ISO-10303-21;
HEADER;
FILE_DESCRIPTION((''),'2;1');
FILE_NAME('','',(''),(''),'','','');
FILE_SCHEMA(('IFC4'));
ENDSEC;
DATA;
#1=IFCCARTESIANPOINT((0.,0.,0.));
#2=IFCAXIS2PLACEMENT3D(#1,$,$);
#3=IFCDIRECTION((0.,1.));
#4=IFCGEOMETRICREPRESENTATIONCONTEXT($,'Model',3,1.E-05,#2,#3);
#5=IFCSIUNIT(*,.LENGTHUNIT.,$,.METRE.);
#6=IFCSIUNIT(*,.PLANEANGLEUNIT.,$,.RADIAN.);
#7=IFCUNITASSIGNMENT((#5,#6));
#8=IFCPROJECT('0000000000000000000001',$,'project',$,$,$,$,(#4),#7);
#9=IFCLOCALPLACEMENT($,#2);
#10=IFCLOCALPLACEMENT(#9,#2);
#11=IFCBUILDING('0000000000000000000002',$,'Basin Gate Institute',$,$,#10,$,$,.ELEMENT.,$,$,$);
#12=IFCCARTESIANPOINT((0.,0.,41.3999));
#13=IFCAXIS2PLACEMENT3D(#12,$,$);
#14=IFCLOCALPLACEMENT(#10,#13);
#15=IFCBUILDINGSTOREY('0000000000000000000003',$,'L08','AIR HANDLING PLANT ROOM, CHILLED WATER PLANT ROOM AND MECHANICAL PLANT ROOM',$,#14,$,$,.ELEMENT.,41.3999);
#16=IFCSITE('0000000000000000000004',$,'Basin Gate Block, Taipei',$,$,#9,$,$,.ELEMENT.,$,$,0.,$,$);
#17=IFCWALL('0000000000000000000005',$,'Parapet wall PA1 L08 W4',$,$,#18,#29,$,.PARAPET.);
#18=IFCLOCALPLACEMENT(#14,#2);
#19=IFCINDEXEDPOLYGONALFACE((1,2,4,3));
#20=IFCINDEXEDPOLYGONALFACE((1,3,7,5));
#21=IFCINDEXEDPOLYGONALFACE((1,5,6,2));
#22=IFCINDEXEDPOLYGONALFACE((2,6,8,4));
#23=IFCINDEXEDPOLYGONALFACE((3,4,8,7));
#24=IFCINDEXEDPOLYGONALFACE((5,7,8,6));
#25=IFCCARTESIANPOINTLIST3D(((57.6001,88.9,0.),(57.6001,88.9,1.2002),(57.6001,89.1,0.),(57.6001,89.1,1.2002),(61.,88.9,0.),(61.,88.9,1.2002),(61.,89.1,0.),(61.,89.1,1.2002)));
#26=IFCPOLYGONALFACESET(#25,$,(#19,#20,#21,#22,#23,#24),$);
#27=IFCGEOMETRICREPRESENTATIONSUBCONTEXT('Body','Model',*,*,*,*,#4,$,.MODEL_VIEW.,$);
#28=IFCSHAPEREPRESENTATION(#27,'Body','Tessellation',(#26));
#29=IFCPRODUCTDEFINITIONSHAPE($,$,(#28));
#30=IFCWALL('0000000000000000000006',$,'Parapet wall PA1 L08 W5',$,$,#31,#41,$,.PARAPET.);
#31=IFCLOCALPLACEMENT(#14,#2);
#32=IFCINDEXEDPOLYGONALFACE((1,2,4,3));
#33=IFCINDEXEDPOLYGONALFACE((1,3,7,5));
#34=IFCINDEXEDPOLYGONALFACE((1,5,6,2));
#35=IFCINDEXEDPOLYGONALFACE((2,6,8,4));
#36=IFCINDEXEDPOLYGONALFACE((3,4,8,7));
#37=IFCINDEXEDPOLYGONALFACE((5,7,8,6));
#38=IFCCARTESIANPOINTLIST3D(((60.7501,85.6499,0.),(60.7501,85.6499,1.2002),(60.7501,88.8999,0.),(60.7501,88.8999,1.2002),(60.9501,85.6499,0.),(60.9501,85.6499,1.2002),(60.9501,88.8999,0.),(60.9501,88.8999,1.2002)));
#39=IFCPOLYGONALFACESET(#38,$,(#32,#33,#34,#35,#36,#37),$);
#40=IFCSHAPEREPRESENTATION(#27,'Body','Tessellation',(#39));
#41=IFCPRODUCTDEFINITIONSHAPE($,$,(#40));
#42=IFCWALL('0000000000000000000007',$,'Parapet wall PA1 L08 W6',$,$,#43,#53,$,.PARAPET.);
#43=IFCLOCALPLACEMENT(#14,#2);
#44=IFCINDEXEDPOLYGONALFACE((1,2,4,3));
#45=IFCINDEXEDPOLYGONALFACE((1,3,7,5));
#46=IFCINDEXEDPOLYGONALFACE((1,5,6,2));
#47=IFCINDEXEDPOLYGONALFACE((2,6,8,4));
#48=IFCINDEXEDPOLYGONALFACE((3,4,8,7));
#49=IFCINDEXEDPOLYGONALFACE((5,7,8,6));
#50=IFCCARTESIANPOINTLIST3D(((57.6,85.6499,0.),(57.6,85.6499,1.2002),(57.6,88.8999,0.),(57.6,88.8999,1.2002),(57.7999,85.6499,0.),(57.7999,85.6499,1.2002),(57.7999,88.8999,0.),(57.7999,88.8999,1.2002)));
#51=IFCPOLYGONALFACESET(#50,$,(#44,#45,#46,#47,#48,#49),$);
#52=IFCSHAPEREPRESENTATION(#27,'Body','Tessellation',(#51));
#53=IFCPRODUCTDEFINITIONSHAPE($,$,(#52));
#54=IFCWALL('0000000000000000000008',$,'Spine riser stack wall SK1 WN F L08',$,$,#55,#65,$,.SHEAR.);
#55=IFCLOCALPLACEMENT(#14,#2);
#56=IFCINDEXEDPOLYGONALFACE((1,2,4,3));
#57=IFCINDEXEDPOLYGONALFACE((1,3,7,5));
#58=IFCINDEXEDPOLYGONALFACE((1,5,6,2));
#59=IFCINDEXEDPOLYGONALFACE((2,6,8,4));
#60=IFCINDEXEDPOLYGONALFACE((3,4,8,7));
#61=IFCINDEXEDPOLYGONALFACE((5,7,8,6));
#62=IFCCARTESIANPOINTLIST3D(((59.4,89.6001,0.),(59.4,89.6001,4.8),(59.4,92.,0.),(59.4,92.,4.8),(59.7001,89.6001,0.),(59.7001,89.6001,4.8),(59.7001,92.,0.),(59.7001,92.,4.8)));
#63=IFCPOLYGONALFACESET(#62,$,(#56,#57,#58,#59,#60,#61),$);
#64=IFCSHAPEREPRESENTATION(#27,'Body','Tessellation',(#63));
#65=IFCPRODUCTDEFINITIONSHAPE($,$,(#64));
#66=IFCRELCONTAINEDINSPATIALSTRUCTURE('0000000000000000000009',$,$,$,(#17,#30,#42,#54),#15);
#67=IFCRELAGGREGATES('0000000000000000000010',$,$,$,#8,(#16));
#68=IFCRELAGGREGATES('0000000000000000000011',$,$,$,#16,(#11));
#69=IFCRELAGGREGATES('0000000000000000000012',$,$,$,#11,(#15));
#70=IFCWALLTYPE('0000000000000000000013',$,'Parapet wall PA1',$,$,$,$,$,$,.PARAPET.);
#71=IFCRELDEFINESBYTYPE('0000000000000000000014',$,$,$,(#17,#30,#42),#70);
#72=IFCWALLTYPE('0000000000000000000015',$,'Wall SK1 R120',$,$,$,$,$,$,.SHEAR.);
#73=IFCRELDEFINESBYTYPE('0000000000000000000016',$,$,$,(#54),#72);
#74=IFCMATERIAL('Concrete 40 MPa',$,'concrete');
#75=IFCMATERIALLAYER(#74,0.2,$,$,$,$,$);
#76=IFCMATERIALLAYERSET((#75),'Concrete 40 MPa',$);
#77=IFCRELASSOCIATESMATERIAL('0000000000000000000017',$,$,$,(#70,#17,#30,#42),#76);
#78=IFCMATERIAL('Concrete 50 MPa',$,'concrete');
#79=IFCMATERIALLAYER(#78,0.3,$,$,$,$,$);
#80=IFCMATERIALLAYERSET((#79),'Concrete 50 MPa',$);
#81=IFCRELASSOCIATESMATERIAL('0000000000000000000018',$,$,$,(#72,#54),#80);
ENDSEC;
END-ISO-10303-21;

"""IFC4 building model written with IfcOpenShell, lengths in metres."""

from ifc_helpers import new_model, si_unit, direction, frame, frame_2d, origin, place, context, subcontext, project, spatial, rectangle, extrude, material, layer, layer_set, type_object, element, save


model = new_model("IFC4")

# Units and contexts
model_context = context("Model", 3, precision=1e-05, world=origin(), true_north=direction((0.0, 1.0)))
body_context = subcontext(model_context, "Body", "Model", "MODEL_VIEW")
ifc_project = project(units=[si_unit("LENGTHUNIT", "METRE"), si_unit("PLANEANGLEUNIT", "RADIAN")], contexts=[model_context])

# Site, building, storey
site_placement = place(None, origin())
site = spatial("IfcSite", under=ifc_project, at=site_placement, Name="Basin Gate Block, Taipei", CompositionType="ELEMENT", RefElevation=0.0)
building_placement = place(site_placement, origin())
building = spatial("IfcBuilding", under=site, at=building_placement, Name="Basin Gate Institute", CompositionType="ELEMENT")
storey_placement = place(building_placement, frame((0.0, 0.0, 41.3999)))
storey = spatial("IfcBuildingStorey", under=building, at=storey_placement, Name="L08", Description="AIR HANDLING PLANT ROOM, CHILLED WATER PLANT ROOM AND MECHANICAL PLANT ROOM", CompositionType="ELEMENT", Elevation=41.3999)

# Walls
ifc_material_1 = material(Name="Concrete 40 MPa", Category="concrete")
ifc_layer_1 = layer(ifc_material_1, 0.2)
ifc_layer_set_1 = layer_set([ifc_layer_1], Name="Concrete 40 MPa")
wall_type_1 = type_object("IfcWallType", Name="Parapet wall PA1", PredefinedType="PARAPET", material=ifc_layer_set_1)
wall_1_placement = place(storey_placement, frame((57.6001, 89.0, 0.0), z_axis=(0.0, 0.0, 1.0), x_axis=(1.0, 0.0, 0.0)))
element("IfcWall", 1, at=wall_1_placement, inside=storey, type_object=wall_type_1, material=ifc_layer_set_1, Name="Parapet wall PA1 L08 W4", PredefinedType="PARAPET", context=body_context, shape_type="SweptSolid", body=[
    extrude(rectangle(XDim=3.3999, YDim=0.2, at=frame_2d((1.7, 0.0))), origin(), (0.0, 0.0, 1.0), 1.2002),
])
for number, where, z_axis, x_axis, name in (
    (2, (60.8501, 88.8999, 0.0), (0.0, 0.0, 1.0), (0.0, -1.0, 0.0), "Parapet wall PA1 L08 W5"),
    (3, (57.7, 85.6499, 0.0), (0.0, 0.0, 1.0), (0.0, 1.0, 0.0), "Parapet wall PA1 L08 W6"),
):
    element("IfcWall", number, at=place(storey_placement, frame(where, z_axis=z_axis, x_axis=x_axis)), inside=storey, type_object=wall_type_1, material=ifc_layer_set_1, Name=name, PredefinedType="PARAPET", context=body_context, shape_type="SweptSolid", body=[
        extrude(rectangle(XDim=3.25, YDim=0.2, at=frame_2d((1.625, 0.0))), origin(), (0.0, 0.0, 1.0), 1.2002),
    ])
ifc_material_2 = material(Name="Concrete 50 MPa", Category="concrete")
ifc_layer_2 = layer(ifc_material_2, 0.3)
ifc_layer_set_2 = layer_set([ifc_layer_2], Name="Concrete 50 MPa")
wall_type_2 = type_object("IfcWallType", Name="Wall SK1 R120", PredefinedType="SHEAR", material=ifc_layer_set_2)
wall_2_placement = place(storey_placement, frame((59.55, 89.6001, 0.0), z_axis=(0.0, 0.0, 1.0), x_axis=(0.0, 1.0, 0.0)))
element("IfcWall", 4, at=wall_2_placement, inside=storey, type_object=wall_type_2, material=ifc_layer_set_2, Name="Spine riser stack wall SK1 WN F L08", PredefinedType="SHEAR", context=body_context, shape_type="SweptSolid", body=[
    extrude(rectangle(XDim=2.3999, YDim=0.3, at=frame_2d((1.2, 0.0))), origin(), (0.0, 0.0, 1.0), 4.8),
])

save(model, "model.ifc")
